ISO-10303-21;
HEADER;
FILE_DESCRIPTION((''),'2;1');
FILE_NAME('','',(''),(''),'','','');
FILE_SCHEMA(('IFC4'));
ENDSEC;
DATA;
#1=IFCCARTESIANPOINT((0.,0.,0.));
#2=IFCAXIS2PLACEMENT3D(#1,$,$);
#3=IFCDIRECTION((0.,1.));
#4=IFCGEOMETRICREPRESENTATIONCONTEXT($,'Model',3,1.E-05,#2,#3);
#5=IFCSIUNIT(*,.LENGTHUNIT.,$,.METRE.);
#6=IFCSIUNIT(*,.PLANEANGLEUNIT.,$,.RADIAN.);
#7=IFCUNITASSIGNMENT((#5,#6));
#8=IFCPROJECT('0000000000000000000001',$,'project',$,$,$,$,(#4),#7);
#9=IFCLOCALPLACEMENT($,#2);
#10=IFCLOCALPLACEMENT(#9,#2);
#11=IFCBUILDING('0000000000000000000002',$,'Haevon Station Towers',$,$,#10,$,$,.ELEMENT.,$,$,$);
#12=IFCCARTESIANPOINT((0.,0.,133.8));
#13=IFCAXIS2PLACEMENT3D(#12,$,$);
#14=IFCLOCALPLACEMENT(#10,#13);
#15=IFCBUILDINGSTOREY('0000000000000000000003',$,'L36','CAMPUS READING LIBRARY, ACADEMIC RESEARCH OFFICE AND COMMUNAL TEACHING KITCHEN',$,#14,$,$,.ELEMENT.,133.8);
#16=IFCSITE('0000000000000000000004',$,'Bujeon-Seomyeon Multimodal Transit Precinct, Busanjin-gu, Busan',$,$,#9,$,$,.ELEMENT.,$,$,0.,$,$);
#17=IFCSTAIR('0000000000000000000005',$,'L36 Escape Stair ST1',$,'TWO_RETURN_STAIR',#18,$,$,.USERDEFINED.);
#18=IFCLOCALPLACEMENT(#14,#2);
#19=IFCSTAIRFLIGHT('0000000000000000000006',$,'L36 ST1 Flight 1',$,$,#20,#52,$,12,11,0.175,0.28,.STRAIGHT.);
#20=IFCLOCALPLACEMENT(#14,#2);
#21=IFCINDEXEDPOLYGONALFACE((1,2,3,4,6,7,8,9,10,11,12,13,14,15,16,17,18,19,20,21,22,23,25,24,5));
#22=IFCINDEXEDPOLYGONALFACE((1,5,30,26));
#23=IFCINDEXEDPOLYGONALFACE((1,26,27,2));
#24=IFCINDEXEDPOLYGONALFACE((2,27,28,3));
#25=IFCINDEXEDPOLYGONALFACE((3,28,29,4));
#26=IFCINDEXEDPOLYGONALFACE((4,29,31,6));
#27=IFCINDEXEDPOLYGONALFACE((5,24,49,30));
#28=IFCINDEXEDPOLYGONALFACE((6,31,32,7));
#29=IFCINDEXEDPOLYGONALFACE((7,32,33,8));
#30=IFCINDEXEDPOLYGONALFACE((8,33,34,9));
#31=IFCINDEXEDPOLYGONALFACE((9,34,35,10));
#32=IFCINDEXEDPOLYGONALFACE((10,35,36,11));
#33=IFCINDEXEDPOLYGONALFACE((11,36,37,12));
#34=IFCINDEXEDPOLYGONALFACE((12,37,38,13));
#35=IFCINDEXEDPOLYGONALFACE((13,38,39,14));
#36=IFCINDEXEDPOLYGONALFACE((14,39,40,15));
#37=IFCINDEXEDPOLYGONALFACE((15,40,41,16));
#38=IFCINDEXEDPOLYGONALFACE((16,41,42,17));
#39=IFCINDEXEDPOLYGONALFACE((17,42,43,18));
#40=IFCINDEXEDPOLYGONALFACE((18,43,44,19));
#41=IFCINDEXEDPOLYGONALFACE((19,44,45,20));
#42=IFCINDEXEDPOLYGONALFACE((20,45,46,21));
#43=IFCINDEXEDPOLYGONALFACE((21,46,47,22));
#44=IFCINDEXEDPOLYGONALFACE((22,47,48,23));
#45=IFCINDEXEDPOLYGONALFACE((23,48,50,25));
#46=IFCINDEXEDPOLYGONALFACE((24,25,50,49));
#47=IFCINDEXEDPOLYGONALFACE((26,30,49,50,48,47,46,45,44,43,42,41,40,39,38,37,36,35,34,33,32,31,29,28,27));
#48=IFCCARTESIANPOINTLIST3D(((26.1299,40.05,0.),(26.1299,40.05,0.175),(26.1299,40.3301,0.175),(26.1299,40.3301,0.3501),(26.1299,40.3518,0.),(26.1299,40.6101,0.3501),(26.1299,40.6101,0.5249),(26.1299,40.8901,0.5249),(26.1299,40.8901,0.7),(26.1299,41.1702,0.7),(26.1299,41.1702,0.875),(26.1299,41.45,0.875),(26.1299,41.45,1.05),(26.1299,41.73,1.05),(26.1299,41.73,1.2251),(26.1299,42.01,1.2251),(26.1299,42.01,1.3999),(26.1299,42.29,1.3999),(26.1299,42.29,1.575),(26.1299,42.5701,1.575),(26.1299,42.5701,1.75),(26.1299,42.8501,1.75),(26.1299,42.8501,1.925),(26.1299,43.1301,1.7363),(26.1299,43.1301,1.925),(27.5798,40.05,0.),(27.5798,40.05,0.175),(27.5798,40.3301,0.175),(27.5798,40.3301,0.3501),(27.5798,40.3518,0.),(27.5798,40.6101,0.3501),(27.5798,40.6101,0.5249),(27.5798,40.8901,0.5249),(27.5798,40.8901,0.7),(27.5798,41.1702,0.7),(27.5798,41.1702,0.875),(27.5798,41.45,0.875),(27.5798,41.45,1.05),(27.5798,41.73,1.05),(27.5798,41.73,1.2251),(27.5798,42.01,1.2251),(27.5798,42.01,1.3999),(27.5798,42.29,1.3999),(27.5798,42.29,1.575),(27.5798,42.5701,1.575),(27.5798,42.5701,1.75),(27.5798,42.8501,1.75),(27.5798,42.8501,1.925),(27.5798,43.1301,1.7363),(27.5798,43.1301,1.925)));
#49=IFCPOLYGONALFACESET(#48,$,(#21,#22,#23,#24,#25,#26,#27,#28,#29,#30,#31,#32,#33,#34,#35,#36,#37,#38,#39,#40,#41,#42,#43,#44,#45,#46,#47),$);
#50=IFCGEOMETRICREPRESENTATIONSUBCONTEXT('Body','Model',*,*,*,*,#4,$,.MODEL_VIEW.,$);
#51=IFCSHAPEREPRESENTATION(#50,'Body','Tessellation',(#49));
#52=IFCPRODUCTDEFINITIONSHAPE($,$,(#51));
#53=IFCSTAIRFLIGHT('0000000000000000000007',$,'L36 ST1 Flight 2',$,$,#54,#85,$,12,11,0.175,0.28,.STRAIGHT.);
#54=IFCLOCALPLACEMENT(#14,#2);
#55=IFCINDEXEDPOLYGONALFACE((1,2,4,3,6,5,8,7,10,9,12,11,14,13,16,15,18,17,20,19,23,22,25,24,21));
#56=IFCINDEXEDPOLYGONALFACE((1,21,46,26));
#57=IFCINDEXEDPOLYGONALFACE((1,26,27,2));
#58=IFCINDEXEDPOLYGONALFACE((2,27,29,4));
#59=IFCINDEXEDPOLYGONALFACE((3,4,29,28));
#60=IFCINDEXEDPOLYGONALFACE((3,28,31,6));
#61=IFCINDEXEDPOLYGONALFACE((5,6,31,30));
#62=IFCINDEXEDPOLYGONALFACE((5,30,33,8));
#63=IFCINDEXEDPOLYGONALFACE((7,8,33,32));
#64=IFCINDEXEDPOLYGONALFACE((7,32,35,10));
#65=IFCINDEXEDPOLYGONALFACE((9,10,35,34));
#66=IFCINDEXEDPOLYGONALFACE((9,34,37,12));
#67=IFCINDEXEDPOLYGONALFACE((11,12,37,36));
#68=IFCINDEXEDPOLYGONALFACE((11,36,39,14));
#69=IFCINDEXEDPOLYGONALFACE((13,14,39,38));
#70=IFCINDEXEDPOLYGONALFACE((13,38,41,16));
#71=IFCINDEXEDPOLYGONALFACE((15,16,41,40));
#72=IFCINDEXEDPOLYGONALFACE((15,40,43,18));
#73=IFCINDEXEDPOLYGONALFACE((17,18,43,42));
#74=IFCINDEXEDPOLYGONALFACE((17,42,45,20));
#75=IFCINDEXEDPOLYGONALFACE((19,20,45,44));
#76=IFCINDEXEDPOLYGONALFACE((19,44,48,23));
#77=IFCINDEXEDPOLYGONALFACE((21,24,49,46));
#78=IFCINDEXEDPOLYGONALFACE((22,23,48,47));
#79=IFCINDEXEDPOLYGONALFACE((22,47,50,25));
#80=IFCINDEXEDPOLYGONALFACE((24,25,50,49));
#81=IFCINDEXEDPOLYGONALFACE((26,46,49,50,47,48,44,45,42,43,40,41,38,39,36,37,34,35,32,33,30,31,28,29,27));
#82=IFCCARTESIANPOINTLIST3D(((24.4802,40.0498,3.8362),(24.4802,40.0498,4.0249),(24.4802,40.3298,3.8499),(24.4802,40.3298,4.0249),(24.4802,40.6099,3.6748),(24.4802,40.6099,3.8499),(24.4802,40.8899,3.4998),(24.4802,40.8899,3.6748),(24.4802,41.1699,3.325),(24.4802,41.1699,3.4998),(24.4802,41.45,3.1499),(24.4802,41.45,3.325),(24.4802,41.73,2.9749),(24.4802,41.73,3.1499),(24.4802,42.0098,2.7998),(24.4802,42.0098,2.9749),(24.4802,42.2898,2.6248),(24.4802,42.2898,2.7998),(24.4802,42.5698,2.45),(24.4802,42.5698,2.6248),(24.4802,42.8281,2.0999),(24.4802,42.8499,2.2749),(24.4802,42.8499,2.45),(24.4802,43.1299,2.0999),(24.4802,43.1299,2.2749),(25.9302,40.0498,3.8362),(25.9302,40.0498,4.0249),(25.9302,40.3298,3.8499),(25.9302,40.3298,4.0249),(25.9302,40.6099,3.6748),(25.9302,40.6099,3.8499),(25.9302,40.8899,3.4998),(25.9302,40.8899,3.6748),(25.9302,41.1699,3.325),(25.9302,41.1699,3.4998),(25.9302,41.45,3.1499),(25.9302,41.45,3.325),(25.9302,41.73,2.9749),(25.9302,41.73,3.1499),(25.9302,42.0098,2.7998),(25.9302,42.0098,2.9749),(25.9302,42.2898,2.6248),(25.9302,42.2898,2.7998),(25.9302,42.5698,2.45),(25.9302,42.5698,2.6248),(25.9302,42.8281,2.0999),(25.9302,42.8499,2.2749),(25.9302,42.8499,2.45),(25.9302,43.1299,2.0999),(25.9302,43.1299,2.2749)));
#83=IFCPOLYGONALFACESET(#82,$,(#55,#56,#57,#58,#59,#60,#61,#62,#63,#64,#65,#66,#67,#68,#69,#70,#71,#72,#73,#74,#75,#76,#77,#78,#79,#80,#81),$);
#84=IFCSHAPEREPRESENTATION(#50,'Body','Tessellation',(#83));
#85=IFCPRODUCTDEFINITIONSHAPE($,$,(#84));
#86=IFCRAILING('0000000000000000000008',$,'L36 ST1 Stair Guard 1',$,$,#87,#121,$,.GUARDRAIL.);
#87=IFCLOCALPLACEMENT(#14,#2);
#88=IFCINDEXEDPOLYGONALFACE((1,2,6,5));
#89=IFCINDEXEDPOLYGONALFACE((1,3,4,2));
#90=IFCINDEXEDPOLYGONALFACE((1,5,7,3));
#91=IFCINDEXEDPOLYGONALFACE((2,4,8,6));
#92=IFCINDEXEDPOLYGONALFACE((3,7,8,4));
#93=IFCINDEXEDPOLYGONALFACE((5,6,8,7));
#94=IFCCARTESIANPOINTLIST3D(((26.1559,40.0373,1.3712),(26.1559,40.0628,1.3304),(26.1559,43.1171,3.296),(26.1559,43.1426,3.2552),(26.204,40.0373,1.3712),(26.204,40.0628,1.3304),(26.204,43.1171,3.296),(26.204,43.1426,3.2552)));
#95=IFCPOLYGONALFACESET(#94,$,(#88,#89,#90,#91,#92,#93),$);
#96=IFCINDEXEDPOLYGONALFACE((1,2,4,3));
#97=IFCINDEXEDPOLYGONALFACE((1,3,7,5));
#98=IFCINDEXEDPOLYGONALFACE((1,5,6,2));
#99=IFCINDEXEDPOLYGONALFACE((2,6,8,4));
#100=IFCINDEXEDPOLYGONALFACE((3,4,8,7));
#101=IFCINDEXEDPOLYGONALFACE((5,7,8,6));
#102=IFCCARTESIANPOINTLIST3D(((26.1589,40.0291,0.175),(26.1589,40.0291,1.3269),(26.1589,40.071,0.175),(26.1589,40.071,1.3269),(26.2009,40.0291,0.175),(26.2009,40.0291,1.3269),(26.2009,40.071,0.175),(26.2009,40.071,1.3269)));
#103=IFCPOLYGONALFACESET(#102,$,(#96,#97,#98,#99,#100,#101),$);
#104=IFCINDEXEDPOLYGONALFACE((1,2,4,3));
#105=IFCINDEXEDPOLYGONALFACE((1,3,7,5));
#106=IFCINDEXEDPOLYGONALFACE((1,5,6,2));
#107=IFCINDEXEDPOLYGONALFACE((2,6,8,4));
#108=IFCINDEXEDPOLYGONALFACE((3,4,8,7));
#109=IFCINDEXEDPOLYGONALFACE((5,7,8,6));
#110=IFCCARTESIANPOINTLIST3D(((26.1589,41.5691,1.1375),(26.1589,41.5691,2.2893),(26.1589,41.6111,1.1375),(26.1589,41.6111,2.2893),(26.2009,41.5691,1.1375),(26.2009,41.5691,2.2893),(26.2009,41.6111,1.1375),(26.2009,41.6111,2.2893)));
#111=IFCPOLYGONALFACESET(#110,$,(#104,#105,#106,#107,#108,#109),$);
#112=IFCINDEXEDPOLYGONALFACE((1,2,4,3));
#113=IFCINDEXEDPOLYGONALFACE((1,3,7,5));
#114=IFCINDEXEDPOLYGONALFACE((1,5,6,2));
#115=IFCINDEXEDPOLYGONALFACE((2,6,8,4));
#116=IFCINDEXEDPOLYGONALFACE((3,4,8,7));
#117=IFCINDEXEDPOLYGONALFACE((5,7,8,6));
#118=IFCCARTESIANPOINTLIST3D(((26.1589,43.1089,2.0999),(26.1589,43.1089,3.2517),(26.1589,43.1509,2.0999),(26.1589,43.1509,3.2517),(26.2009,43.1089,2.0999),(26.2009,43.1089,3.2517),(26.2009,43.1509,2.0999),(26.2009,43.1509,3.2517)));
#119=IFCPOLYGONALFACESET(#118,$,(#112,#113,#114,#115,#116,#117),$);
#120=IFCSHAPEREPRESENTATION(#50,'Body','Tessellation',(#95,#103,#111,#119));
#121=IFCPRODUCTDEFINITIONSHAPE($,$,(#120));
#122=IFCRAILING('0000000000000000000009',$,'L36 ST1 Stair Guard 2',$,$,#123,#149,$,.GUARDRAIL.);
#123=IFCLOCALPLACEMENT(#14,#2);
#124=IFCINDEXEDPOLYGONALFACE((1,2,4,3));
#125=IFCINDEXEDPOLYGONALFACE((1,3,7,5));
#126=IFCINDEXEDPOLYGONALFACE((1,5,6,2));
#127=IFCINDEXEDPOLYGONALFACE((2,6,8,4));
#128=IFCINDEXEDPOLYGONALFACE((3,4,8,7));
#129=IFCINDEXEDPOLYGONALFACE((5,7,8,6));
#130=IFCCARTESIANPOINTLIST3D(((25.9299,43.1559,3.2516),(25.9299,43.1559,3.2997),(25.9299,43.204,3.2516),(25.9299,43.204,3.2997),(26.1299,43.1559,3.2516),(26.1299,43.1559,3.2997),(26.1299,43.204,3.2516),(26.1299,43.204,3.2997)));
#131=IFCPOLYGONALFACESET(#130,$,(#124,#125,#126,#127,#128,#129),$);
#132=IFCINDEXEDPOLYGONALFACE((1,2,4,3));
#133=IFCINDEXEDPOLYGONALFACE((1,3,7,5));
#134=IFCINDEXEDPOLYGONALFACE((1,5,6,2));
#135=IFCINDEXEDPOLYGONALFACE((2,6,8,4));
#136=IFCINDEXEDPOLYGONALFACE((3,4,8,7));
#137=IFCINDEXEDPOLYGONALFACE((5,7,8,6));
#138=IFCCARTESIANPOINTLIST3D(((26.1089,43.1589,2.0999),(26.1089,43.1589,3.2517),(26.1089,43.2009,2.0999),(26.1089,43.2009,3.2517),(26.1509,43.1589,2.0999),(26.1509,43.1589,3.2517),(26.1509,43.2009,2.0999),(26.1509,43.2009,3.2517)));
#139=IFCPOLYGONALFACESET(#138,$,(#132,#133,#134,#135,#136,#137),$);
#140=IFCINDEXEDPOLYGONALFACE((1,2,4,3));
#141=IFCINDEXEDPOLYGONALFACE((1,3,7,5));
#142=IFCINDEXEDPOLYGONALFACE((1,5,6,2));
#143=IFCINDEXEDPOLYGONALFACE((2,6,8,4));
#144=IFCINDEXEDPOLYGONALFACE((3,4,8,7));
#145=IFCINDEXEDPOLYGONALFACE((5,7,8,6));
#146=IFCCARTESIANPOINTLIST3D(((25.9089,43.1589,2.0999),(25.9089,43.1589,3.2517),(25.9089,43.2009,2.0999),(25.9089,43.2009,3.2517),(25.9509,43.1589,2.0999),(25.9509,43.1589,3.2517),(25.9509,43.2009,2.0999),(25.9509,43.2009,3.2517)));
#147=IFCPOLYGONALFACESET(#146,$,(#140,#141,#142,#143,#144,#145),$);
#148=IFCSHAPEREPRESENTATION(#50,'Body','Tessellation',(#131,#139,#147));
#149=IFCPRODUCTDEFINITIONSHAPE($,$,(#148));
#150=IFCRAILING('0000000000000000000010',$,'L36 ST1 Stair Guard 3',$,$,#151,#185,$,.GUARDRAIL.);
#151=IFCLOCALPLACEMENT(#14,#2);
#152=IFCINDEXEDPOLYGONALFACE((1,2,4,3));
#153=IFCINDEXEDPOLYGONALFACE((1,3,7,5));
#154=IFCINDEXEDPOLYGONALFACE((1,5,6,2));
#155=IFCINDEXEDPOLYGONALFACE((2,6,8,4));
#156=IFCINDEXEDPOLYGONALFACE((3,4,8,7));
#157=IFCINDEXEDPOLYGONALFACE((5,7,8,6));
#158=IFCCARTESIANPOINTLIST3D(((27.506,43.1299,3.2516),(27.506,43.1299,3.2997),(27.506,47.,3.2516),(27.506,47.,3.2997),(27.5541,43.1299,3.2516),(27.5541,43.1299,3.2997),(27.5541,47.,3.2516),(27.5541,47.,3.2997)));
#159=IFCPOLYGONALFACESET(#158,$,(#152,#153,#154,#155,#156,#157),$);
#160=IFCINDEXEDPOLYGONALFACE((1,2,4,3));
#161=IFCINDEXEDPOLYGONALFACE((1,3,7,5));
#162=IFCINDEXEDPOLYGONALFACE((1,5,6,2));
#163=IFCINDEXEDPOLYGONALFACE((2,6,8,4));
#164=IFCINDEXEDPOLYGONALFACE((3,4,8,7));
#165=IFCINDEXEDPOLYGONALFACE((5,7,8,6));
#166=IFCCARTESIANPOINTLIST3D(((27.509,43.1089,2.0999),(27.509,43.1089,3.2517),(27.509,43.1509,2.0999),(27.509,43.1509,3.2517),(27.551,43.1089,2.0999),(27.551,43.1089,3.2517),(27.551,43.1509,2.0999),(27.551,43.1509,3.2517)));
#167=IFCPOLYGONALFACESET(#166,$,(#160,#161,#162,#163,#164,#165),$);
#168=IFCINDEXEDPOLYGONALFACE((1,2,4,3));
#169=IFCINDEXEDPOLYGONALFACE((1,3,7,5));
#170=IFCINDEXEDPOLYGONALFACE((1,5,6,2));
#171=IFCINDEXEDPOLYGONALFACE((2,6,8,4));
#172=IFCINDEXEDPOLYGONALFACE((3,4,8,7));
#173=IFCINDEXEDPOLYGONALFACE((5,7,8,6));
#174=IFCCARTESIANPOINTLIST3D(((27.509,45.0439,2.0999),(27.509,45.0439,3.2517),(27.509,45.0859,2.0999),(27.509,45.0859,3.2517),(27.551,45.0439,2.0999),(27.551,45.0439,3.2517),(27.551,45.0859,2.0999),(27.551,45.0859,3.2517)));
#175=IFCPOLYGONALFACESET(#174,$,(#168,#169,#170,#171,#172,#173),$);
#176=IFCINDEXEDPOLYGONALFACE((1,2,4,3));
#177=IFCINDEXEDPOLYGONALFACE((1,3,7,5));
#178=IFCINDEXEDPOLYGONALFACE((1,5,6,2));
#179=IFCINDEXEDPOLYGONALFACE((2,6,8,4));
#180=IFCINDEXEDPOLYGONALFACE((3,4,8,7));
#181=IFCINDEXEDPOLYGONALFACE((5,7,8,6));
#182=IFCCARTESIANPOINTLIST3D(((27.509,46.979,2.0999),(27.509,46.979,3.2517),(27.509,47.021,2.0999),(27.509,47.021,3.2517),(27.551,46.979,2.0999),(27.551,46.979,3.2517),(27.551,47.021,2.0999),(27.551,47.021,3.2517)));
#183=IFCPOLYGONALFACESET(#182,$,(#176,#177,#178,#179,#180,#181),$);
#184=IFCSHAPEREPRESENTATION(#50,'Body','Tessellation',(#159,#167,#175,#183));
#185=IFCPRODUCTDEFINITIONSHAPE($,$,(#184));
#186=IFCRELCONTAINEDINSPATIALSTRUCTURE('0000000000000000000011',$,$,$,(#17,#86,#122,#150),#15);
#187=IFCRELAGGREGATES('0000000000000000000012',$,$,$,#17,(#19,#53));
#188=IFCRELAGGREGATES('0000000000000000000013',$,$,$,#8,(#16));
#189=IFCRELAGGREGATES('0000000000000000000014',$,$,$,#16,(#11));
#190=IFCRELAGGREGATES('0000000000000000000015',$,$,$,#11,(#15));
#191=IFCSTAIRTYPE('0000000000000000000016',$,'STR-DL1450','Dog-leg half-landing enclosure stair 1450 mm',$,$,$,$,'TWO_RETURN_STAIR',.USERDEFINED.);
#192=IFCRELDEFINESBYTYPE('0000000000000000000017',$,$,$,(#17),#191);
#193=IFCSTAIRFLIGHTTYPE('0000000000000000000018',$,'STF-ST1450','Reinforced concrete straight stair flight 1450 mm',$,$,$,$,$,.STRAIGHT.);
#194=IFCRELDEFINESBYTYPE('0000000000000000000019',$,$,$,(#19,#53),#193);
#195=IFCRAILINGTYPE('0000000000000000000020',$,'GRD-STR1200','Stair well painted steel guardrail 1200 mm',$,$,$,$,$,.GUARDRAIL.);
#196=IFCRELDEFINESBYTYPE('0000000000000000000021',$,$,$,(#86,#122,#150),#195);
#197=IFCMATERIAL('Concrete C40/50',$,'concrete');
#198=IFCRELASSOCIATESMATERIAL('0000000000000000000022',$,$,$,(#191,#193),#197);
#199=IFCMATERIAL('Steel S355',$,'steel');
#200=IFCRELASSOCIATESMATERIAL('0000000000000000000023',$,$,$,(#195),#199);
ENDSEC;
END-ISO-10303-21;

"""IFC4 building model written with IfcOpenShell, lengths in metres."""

from ifc_helpers import new_model, si_unit, direction, frame, origin, origin_2d, place, context, subcontext, project, spatial, polyline, rectangle, outline, extrude, material, type_object, element, aggregate, save


model = new_model("IFC4")

# Units and contexts
model_context = context("Model", 3, precision=1e-05, world=origin(), true_north=direction((0.0, 1.0)))
body_context = subcontext(model_context, "Body", "Model", "MODEL_VIEW")
ifc_project = project(units=[si_unit("LENGTHUNIT", "METRE"), si_unit("PLANEANGLEUNIT", "RADIAN")], contexts=[model_context])

# Site, building, storey
site_placement = place(None, origin())
site = spatial("IfcSite", under=ifc_project, at=site_placement, Name="Bujeon-Seomyeon Multimodal Transit Precinct, Busanjin-gu, Busan", CompositionType="ELEMENT", RefElevation=0.0)
building_placement = place(site_placement, origin())
building = spatial("IfcBuilding", under=site, at=building_placement, Name="Haevon Station Towers", CompositionType="ELEMENT")
storey_placement = place(building_placement, frame((0.0, 0.0, 133.8)))
storey = spatial("IfcBuildingStorey", under=building, at=storey_placement, Name="L36", Description="CAMPUS READING LIBRARY, ACADEMIC RESEARCH OFFICE AND COMMUNAL TEACHING KITCHEN", CompositionType="ELEMENT", Elevation=133.8)

# Shared definitions
ifc_material_1 = material(Name="Steel S355", Category="steel")

# Shared definitions
ifc_material_2 = material(Name="Concrete C40/50", Category="concrete")

# Stair, stair flights
stair_type = type_object("IfcStairType", Name="STR-DL1450", Description="Dog-leg half-landing enclosure stair 1450 mm", ElementType="TWO_RETURN_STAIR", PredefinedType="USERDEFINED", material=ifc_material_2)
stair_placement = place(storey_placement, origin())
stair = element("IfcStair", 1, at=stair_placement, inside=storey, type_object=stair_type, Name="L36 Escape Stair ST1", ObjectType="TWO_RETURN_STAIR", PredefinedType="USERDEFINED")
stair_flight_type = type_object("IfcStairFlightType", Name="STF-ST1450", Description="Reinforced concrete straight stair flight 1450 mm", PredefinedType="STRAIGHT", material=ifc_material_2)
stair_flight_1_placement = place(storey_placement, frame((26.855, 40.05, 0.0), z_axis=(0.0, 0.0, 1.0), x_axis=(0.0, 1.0, 0.0)))
stair_flight_1 = element("IfcStairFlight", 2, at=stair_flight_1_placement, type_object=stair_flight_type, Name="L36 ST1 Flight 1", NumberOfRisers=12, NumberOfTreads=11, PredefinedType="STRAIGHT", RiserHeight=0.175, TreadLength=0.28, context=body_context, shape_type="SweptSolid", body=[
    extrude(outline(polyline([(0.0, 0.0), (0.0, 0.175), (0.28, 0.175), (0.28, 0.3501), (0.5601, 0.3501), (0.5601, 0.5249), (0.8401, 0.5249), (0.8401, 0.7), (1.1201, 0.7), (1.1201, 0.875), (1.3999, 0.875), (1.3999, 1.05), (1.6799, 1.05), (1.6799, 1.2251), (1.96, 1.2251), (1.96, 1.3999), (2.24, 1.3999), (2.24, 1.575), (2.52, 1.575), (2.52, 1.75), (2.8, 1.75), (2.8, 1.925), (3.0801, 1.925), (3.0801, 2.1001), (3.0801, 1.7363), (0.3018, 0.0), (0.0, 0.0)])), frame((0.0, 0.7251, 0.0), z_axis=(0.0, -1.0, 0.0), x_axis=(1.0, 0.0, 0.0)), (0.0, 0.0, 1.0), 1.45),
])
stair_flight_2_placement = place(storey_placement, frame((25.2051, 43.1299, 2.0999), z_axis=(0.0, 0.0, 1.0), x_axis=(0.0, -1.0, 0.0)))
stair_flight_2 = element("IfcStairFlight", 3, at=stair_flight_2_placement, type_object=stair_flight_type, Name="L36 ST1 Flight 2", NumberOfRisers=12, NumberOfTreads=11, PredefinedType="STRAIGHT", RiserHeight=0.175, TreadLength=0.28, context=body_context, shape_type="SweptSolid", body=[
    extrude(outline(polyline([(0.0, 0.0), (0.0, 0.175), (0.28, 0.175), (0.28, 0.3501), (0.5601, 0.3501), (0.5601, 0.5249), (0.8401, 0.5249), (0.8401, 0.7), (1.1201, 0.7), (1.1201, 0.875), (1.3999, 0.875), (1.3999, 1.05), (1.6799, 1.05), (1.6799, 1.2251), (1.96, 1.2251), (1.96, 1.3999), (2.24, 1.3999), (2.24, 1.575), (2.52, 1.575), (2.52, 1.75), (2.8, 1.75), (2.8, 1.925), (3.0801, 1.925), (3.0801, 2.1001), (3.0801, 1.7363), (0.3018, 0.0), (0.0, 0.0)])), frame((0.0, 0.7251, 0.0), z_axis=(0.0, -1.0, 0.0), x_axis=(1.0, 0.0, 0.0)), (0.0, 0.0, 1.0), 1.45),
])
aggregate(stair, [stair_flight_1, stair_flight_2])

# Railings
railing_type_1 = type_object("IfcRailingType", Name="GRD-STR1200", Description="Stair well painted steel guardrail 1200 mm", PredefinedType="GUARDRAIL", material=ifc_material_1)
railing_1_placement = place(storey_placement, frame((26.1799, 40.05, 0.175)))
element("IfcRailing", 4, at=railing_1_placement, inside=storey, type_object=railing_type_1, Name="L36 ST1 Stair Guard 1", PredefinedType="GUARDRAIL", context=body_context, shape_type="SweptSolid", body=[
    extrude(rectangle(XDim=0.0481, YDim=0.0481, at=origin_2d()), frame((0.0, 0.0, 1.1758), z_axis=(0.0, 0.84801, 0.529981), x_axis=(-1.0, 0.0, 0.0)), (0.0, 0.0, 1.0), 3.6318),
    extrude(rectangle(XDim=0.042, YDim=0.042, at=origin_2d()), origin(), (0.0, 0.0, 1.0), 1.1519),
    extrude(rectangle(XDim=0.042, YDim=0.042, at=origin_2d()), frame((0.0, 1.54, 0.9624)), (0.0, 0.0, 1.0), 1.1519),
    extrude(rectangle(XDim=0.042, YDim=0.042, at=origin_2d()), frame((0.0, 3.0798, 1.9248)), (0.0, 0.0, 1.0), 1.1519),
])
railing_2_placement = place(storey_placement, frame((26.1299, 43.1799, 2.0999)))
element("IfcRailing", 5, at=railing_2_placement, inside=storey, type_object=railing_type_1, Name="L36 ST1 Stair Guard 2", PredefinedType="GUARDRAIL", context=body_context, shape_type="SweptSolid", body=[
    extrude(rectangle(XDim=0.0481, YDim=0.0481, at=origin_2d()), frame((0.0, 0.0, 1.1758), z_axis=(-1.0, 0.0, 0.0), x_axis=(0.0, -1.0, 0.0)), (0.0, 0.0, 1.0), 0.2),
    extrude(rectangle(XDim=0.042, YDim=0.042, at=origin_2d()), origin(), (0.0, 0.0, 1.0), 1.1519),
    extrude(rectangle(XDim=0.042, YDim=0.042, at=origin_2d()), frame((-0.2, 0.0, 0.0)), (0.0, 0.0, 1.0), 1.1519),
])
railing_3_placement = place(storey_placement, frame((27.53, 43.1299, 2.0999)))
element("IfcRailing", 6, at=railing_3_placement, inside=storey, type_object=railing_type_1, Name="L36 ST1 Stair Guard 3", PredefinedType="GUARDRAIL", context=body_context, shape_type="SweptSolid", body=[
    extrude(rectangle(XDim=0.0481, YDim=0.0481, at=origin_2d()), frame((0.0, 0.0, 1.1758), z_axis=(0.0, 1.0, 0.0), x_axis=(-1.0, 0.0, 0.0)), (0.0, 0.0, 1.0), 3.8701),
    extrude(rectangle(XDim=0.042, YDim=0.042, at=origin_2d()), origin(), (0.0, 0.0, 1.0), 1.1519),
    extrude(rectangle(XDim=0.042, YDim=0.042, at=origin_2d()), frame((0.0, 1.9351, 0.0)), (0.0, 0.0, 1.0), 1.1519),
    extrude(rectangle(XDim=0.042, YDim=0.042, at=origin_2d()), frame((0.0, 3.8701, 0.0)), (0.0, 0.0, 1.0), 1.1519),
])

save(model, "model.ifc")
